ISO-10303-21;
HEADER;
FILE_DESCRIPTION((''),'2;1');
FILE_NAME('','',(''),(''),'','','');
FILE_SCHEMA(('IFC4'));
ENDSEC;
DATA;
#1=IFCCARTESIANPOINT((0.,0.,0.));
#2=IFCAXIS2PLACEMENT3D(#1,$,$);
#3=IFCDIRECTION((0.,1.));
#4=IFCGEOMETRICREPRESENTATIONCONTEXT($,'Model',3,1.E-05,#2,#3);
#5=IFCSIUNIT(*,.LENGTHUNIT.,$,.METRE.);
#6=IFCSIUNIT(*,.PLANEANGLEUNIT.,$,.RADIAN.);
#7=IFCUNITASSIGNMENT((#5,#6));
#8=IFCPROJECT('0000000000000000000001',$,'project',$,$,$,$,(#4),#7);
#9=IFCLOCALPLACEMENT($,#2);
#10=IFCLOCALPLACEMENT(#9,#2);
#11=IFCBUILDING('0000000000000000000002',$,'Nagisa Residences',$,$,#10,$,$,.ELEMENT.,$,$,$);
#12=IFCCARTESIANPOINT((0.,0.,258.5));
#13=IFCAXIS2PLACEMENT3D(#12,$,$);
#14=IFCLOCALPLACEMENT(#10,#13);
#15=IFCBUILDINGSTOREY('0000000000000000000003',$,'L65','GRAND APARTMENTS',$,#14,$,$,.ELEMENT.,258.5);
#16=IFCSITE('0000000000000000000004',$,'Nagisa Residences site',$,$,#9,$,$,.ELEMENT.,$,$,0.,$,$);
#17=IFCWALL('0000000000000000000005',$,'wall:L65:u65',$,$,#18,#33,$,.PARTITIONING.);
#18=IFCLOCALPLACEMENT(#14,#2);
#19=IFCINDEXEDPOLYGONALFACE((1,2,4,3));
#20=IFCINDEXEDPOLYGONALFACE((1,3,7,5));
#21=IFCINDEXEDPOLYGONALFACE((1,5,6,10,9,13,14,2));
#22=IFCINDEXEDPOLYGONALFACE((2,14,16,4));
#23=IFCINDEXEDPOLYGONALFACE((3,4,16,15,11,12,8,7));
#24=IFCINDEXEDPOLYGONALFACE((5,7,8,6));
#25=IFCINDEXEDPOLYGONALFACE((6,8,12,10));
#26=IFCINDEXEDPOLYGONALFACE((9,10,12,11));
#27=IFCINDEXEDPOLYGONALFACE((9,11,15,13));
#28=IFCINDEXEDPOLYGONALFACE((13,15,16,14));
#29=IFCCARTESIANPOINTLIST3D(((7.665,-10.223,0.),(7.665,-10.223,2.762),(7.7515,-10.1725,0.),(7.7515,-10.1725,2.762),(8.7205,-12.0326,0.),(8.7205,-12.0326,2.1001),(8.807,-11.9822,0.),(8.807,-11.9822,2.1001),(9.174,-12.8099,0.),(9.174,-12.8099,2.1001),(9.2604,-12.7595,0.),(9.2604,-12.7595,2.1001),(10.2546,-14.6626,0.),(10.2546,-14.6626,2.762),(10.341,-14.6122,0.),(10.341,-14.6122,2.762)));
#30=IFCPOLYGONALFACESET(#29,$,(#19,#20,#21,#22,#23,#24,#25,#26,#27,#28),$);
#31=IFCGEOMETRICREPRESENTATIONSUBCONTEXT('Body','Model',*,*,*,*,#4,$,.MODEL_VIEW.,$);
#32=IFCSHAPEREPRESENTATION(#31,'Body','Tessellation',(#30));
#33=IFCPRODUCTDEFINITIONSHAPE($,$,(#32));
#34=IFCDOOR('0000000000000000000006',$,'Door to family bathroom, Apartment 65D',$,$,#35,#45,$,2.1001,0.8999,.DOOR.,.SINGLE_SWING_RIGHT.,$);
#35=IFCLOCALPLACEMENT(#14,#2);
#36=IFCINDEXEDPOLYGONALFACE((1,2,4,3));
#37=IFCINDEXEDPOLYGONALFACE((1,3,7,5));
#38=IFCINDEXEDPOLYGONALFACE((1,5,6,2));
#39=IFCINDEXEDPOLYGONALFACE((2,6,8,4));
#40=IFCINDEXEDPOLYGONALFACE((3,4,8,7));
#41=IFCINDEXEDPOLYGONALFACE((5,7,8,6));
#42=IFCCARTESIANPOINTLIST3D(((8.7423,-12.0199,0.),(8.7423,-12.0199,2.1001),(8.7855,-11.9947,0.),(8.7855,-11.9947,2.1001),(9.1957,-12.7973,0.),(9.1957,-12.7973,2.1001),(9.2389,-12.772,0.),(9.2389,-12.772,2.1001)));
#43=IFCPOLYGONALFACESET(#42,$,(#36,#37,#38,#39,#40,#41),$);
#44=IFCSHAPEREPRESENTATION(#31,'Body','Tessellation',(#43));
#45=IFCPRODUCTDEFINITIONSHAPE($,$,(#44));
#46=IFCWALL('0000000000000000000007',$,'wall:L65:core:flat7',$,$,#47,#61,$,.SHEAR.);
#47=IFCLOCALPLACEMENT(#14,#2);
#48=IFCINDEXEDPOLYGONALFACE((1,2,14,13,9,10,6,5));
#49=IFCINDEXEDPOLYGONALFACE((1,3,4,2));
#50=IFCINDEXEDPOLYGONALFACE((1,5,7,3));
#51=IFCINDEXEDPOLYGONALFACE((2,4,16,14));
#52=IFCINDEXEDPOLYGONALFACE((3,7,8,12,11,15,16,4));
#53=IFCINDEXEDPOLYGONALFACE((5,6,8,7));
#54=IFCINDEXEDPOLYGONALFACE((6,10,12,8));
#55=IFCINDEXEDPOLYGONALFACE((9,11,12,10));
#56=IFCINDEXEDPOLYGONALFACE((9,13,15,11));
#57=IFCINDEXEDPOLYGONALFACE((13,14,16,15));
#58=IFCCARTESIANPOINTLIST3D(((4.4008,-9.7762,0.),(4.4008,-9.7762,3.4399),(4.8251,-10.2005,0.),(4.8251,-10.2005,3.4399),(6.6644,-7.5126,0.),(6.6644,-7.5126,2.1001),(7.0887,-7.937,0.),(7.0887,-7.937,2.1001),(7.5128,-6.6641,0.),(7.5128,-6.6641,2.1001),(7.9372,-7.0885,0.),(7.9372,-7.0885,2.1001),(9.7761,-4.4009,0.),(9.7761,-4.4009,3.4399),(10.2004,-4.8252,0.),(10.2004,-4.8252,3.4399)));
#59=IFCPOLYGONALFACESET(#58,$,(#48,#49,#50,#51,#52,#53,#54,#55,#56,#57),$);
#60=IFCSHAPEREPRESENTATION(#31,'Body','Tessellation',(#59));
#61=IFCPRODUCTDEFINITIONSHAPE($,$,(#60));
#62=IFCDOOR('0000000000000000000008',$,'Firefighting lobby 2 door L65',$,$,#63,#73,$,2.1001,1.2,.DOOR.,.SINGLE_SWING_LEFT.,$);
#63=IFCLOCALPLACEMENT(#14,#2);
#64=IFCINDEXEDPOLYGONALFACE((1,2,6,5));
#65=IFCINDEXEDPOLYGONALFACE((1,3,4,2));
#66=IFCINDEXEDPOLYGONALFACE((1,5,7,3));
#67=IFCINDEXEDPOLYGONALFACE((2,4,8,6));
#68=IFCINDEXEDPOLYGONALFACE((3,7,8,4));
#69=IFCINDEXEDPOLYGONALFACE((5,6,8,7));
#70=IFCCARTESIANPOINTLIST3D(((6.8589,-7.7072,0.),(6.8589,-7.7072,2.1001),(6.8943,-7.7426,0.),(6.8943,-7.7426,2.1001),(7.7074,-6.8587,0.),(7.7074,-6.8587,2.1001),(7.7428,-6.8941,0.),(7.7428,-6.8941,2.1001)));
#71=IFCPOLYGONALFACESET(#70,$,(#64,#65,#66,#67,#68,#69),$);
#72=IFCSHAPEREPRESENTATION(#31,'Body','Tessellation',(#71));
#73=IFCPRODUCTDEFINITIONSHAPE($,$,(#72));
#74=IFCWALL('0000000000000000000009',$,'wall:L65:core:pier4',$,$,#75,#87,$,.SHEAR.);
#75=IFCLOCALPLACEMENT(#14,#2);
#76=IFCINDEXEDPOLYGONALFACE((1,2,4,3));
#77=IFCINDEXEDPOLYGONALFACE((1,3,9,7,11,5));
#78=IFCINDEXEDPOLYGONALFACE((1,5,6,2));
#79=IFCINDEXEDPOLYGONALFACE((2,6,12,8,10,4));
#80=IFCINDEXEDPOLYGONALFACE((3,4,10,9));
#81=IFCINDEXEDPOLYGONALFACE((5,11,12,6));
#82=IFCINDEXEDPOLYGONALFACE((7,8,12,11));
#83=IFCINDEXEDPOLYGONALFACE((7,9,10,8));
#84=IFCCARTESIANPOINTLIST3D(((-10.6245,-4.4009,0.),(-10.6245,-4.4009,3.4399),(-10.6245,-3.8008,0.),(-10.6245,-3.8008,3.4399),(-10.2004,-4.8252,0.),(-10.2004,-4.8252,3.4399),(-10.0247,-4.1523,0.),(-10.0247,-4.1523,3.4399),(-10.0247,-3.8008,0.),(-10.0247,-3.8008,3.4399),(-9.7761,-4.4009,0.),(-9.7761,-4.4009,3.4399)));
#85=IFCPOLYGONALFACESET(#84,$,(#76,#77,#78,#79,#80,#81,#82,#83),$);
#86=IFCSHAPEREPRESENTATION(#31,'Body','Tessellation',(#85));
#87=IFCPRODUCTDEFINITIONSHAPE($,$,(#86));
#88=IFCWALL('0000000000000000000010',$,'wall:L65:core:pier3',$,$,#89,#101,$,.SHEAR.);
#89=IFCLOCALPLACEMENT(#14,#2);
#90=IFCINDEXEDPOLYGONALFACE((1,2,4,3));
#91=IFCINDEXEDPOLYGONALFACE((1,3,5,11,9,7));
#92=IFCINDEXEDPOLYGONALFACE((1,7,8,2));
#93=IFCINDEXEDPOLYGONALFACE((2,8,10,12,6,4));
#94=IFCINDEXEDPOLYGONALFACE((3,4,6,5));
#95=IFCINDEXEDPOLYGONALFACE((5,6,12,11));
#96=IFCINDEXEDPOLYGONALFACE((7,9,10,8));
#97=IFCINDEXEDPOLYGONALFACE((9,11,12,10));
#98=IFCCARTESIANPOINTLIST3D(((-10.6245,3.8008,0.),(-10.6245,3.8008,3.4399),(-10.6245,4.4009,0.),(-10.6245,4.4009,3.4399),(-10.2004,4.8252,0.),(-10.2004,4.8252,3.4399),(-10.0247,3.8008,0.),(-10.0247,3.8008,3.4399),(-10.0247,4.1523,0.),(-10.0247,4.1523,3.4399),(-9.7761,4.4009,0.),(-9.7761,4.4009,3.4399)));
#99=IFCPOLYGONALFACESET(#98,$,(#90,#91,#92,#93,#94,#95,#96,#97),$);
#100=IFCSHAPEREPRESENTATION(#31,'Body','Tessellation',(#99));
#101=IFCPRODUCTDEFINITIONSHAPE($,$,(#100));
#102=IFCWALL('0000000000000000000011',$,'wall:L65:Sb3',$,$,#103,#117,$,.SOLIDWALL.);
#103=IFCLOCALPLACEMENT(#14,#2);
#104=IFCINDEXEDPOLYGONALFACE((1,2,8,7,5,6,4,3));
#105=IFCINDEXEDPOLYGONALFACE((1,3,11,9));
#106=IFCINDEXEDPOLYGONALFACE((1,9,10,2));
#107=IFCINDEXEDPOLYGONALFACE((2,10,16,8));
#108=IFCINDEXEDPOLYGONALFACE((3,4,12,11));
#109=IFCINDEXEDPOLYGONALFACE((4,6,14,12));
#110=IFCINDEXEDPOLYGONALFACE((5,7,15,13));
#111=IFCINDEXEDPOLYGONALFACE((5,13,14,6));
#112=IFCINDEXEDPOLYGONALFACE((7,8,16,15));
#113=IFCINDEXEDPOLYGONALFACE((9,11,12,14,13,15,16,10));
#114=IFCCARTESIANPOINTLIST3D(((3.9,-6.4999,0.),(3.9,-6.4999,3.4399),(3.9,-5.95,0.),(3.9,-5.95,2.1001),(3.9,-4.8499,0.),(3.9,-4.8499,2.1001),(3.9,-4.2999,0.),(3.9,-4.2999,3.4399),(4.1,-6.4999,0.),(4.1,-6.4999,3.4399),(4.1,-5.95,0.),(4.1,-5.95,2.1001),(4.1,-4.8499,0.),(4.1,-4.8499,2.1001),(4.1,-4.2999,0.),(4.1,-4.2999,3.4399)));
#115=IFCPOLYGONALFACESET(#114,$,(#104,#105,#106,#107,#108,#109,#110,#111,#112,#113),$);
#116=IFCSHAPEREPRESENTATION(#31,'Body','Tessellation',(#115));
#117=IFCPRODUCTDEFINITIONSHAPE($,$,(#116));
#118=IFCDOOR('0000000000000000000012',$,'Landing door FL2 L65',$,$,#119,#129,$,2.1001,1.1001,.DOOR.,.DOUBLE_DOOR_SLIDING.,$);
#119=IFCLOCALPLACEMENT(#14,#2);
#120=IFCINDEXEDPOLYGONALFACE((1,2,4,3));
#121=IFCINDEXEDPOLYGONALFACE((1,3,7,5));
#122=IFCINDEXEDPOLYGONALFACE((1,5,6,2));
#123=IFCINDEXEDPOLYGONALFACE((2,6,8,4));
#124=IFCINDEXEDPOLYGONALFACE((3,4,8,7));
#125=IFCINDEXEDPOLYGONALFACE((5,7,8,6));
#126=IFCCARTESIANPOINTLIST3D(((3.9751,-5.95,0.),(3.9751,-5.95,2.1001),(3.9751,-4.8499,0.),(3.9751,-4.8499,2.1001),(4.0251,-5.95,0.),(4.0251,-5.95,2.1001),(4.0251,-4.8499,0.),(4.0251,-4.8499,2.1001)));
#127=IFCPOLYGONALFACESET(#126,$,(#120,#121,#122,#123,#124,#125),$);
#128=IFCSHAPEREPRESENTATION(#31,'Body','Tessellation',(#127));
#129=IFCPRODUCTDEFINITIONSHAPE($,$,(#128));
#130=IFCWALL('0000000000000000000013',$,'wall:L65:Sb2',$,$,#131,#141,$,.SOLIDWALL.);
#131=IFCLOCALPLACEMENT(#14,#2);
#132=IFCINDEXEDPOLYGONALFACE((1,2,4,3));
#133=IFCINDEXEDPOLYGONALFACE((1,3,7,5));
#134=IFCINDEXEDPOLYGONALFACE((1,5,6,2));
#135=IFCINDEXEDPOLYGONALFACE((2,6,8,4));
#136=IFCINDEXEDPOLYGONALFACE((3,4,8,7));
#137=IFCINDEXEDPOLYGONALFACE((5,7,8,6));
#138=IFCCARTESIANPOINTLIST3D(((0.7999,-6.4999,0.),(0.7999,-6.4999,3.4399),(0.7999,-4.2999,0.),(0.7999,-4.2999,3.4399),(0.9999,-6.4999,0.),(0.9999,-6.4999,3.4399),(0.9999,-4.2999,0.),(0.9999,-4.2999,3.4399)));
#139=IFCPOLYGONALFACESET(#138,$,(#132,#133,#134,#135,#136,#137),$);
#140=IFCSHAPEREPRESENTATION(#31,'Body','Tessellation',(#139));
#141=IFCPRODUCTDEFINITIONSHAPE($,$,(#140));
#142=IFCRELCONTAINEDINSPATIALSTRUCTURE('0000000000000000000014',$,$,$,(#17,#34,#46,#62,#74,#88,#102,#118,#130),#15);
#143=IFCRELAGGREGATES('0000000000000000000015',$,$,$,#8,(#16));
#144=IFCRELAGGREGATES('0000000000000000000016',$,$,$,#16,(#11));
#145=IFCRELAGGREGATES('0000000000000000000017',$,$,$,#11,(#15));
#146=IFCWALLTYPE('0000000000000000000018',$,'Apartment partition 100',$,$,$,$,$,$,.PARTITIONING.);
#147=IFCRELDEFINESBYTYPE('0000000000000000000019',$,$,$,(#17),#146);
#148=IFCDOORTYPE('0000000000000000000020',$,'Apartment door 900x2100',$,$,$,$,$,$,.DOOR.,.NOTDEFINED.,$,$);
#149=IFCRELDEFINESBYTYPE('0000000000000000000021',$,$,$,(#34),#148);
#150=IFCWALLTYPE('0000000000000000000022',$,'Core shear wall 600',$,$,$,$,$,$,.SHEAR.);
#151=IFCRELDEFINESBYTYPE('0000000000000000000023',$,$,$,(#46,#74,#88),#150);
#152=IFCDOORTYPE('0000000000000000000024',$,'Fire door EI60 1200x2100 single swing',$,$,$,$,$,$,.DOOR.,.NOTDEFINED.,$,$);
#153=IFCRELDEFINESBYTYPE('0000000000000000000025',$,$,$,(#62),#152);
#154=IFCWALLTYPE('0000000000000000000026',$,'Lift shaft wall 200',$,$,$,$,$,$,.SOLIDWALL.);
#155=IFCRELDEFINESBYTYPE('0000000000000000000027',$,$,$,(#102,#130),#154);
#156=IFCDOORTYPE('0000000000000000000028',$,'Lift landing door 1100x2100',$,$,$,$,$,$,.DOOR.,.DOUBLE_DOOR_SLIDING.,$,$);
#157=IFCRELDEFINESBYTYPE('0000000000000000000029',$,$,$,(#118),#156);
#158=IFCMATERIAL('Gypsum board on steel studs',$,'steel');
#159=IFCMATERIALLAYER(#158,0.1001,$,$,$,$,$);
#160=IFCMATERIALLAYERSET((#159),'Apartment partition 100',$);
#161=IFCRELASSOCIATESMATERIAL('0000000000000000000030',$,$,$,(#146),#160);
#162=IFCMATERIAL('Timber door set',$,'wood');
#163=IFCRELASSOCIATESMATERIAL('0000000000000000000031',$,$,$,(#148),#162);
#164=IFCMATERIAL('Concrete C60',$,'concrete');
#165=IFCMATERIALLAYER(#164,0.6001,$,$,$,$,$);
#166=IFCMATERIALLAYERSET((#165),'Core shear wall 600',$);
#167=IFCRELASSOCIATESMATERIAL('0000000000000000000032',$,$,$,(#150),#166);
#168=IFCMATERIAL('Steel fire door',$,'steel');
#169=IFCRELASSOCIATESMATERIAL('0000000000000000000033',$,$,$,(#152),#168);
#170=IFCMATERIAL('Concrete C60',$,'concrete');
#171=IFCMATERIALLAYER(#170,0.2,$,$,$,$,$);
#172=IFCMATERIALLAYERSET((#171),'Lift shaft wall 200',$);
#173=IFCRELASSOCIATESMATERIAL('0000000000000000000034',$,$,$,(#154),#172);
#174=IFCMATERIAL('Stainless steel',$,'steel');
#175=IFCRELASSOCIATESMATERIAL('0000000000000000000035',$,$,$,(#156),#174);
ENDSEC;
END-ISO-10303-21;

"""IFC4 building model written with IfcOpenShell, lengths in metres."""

from ifc_helpers import new_model, si_unit, direction, frame, frame_2d, origin, place, context, subcontext, project, spatial, polyline, rectangle, outline, extrude, material, layer, layer_set, type_object, element, fill, save


model = new_model("IFC4")

# Units and contexts
model_context = context("Model", 3, precision=1e-05, world=origin(), true_north=direction((0.0, 1.0)))
body_context = subcontext(model_context, "Body", "Model", "MODEL_VIEW")
ifc_project = project(units=[si_unit("LENGTHUNIT", "METRE"), si_unit("PLANEANGLEUNIT", "RADIAN")], contexts=[model_context])

# Site, building, storey
site_placement = place(None, origin())
site = spatial("IfcSite", under=ifc_project, at=site_placement, Name="Nagisa Residences site", CompositionType="ELEMENT", RefElevation=0.0)
building_placement = place(site_placement, origin())
building = spatial("IfcBuilding", under=site, at=building_placement, Name="Nagisa Residences", CompositionType="ELEMENT")
storey_placement = place(building_placement, frame((0.0, 0.0, 258.5)))
storey = spatial("IfcBuildingStorey", under=building, at=storey_placement, Name="L65", Description="GRAND APARTMENTS", CompositionType="ELEMENT", Elevation=258.5)

# Shared definitions
ifc_material_1 = material(Name="Gypsum board on steel studs", Category="steel")
ifc_layer_1 = layer(ifc_material_1, 0.1001)
ifc_layer_set_1 = layer_set([ifc_layer_1], Name="Apartment partition 100")
wall_type_1 = type_object("IfcWallType", Name="Apartment partition 100", PredefinedType="PARTITIONING", material=ifc_layer_set_1)

# Walls, openings, doors
wall_1_placement = place(storey_placement, frame((7.7083, -10.1978, 0.0), z_axis=(0.0, 0.0, 1.0), x_axis=(0.503839, -0.863798, 0.0)))
wall_1 = element("IfcWall", 1, at=wall_1_placement, inside=storey, type_object=wall_type_1, Name="wall:L65:u65", PredefinedType="PARTITIONING", context=body_context, shape_type="SweptSolid", body=[
    extrude(rectangle(XDim=5.1396, YDim=0.1001, at=frame_2d((2.5698, 0.0))), origin(), (0.0, 0.0, 1.0), 2.762),
])
opening_1_placement = place(wall_1_placement, frame((2.095, 0.0, 0.0)))
opening_1 = element("IfcOpeningElement", 2, at=opening_1_placement, cuts=wall_1, PredefinedType="OPENING", context=body_context, shape_type="SweptSolid", body=[
    extrude(rectangle(XDim=0.8999, YDim=2.1001, at=frame_2d((0.45, 1.05))), frame((0.0, 0.0601, 0.0), z_axis=(0.0, -1.0, 0.0), x_axis=(1.0, 0.0, 0.0)), (0.0, 0.0, 1.0), 0.1201),
])
ifc_material_2 = material(Name="Timber door set", Category="wood")
door_type_1 = type_object("IfcDoorType", Name="Apartment door 900x2100", OperationType="NOTDEFINED", PredefinedType="DOOR", material=ifc_material_2)
door_1_placement = place(opening_1_placement, frame((0.8999, 0.0, 0.0), x_axis=(-1.0, 0.0, 0.0)))
door_1 = element("IfcDoor", 3, at=door_1_placement, inside=storey, type_object=door_type_1, Name="Door to family bathroom, Apartment 65D", OperationType="SINGLE_SWING_RIGHT", OverallHeight=2.1001, OverallWidth=0.8999, PredefinedType="DOOR", context=body_context, shape_type="SweptSolid", body=[
    extrude(rectangle(XDim=0.8999, YDim=2.1001, at=frame_2d((0.45, 1.05))), frame((0.0, 0.0249, 0.0), z_axis=(0.0, -1.0, 0.0), x_axis=(1.0, 0.0, 0.0)), (0.0, 0.0, 1.0), 0.05),
])
fill(opening_1, door_1)
ifc_material_3 = material(Name="Concrete C60", Category="concrete")
ifc_layer_2 = layer(ifc_material_3, 0.6001)
ifc_layer_set_2 = layer_set([ifc_layer_2], Name="Core shear wall 600")
wall_type_2 = type_object("IfcWallType", Name="Core shear wall 600", PredefinedType="SHEAR", material=ifc_layer_set_2)
wall_2_placement = place(storey_placement, frame((4.613, -9.9883, 0.0), z_axis=(0.0, 0.0, 1.0), x_axis=(0.707107, 0.707107, 0.0)))
wall_2 = element("IfcWall", 4, at=wall_2_placement, inside=storey, type_object=wall_type_2, Name="wall:L65:core:flat7", PredefinedType="SHEAR", context=body_context, shape_type="SweptSolid", body=[
    extrude(rectangle(XDim=7.6018, YDim=0.6001, at=frame_2d((3.8008, 0.0))), origin(), (0.0, 0.0, 1.0), 3.4399),
])
opening_2_placement = place(wall_2_placement, frame((3.2009, 0.0, 0.0)))
opening_2 = element("IfcOpeningElement", 5, at=opening_2_placement, cuts=wall_2, PredefinedType="OPENING", context=body_context, shape_type="SweptSolid", body=[
    extrude(rectangle(XDim=1.2, YDim=2.1001, at=frame_2d((0.6001, 1.05))), frame((0.0, 0.3101, 0.0), z_axis=(0.0, -1.0, 0.0), x_axis=(1.0, 0.0, 0.0)), (0.0, 0.0, 1.0), 0.6201),
])
ifc_material_4 = material(Name="Steel fire door", Category="steel")
door_type_2 = type_object("IfcDoorType", Name="Fire door EI60 1200x2100 single swing", OperationType="NOTDEFINED", PredefinedType="DOOR", material=ifc_material_4)
door_2_placement = place(opening_2_placement, origin())
door_2 = element("IfcDoor", 6, at=door_2_placement, inside=storey, type_object=door_type_2, Name="Firefighting lobby 2 door L65", OperationType="SINGLE_SWING_LEFT", OverallHeight=2.1001, OverallWidth=1.2, PredefinedType="DOOR", context=body_context, shape_type="SweptSolid", body=[
    extrude(rectangle(XDim=1.2, YDim=2.1001, at=frame_2d((0.6001, 1.05))), frame((0.0, 0.0249, 0.0), z_axis=(0.0, -1.0, 0.0), x_axis=(1.0, 0.0, 0.0)), (0.0, 0.0, 1.0), 0.05),
])
fill(opening_2, door_2)

# Walls
wall_3_placement = place(storey_placement, origin())
element("IfcWall", 7, at=wall_3_placement, inside=storey, type_object=wall_type_2, Name="wall:L65:core:pier4", PredefinedType="SHEAR", context=body_context, shape_type="SweptSolid", body=[
    extrude(outline(polyline([(-10.6245, -3.8008), (-10.0247, -3.8008), (-10.0247, -4.1523), (-9.7761, -4.4009), (-10.2004, -4.8252), (-10.6245, -4.4009), (-10.6245, -3.8008)])), origin(), (0.0, 0.0, 1.0), 3.4399),
])
wall_4_placement = place(storey_placement, origin())
element("IfcWall", 8, at=wall_4_placement, inside=storey, type_object=wall_type_2, Name="wall:L65:core:pier3", PredefinedType="SHEAR", context=body_context, shape_type="SweptSolid", body=[
    extrude(outline(polyline([(-10.2004, 4.8252), (-9.7761, 4.4009), (-10.0247, 4.1523), (-10.0247, 3.8008), (-10.6245, 3.8008), (-10.6245, 4.4009), (-10.2004, 4.8252)])), origin(), (0.0, 0.0, 1.0), 3.4399),
])

# Wall, opening, door
ifc_material_5 = material(Name="Concrete C60", Category="concrete")
ifc_layer_3 = layer(ifc_material_5, 0.2)
ifc_layer_set_3 = layer_set([ifc_layer_3], Name="Lift shaft wall 200")
wall_type_3 = type_object("IfcWallType", Name="Lift shaft wall 200", PredefinedType="SOLIDWALL", material=ifc_layer_set_3)
wall_5_placement = place(storey_placement, frame((4.0, -6.5, 0.0), z_axis=(0.0, 0.0, 1.0), x_axis=(0.0, 1.0, 0.0)))
wall_5 = element("IfcWall", 9, at=wall_5_placement, inside=storey, type_object=wall_type_3, Name="wall:L65:Sb3", PredefinedType="SOLIDWALL", context=body_context, shape_type="SweptSolid", body=[
    extrude(rectangle(XDim=2.2, YDim=0.2, at=frame_2d((1.1001, 0.0))), origin(), (0.0, 0.0, 1.0), 3.4399),
])
opening_3_placement = place(wall_5_placement, frame((0.55, 0.0, 0.0)))
opening_3 = element("IfcOpeningElement", 10, at=opening_3_placement, cuts=wall_5, PredefinedType="OPENING", context=body_context, shape_type="SweptSolid", body=[
    extrude(rectangle(XDim=1.1001, YDim=2.1001, at=frame_2d((0.55, 1.05))), frame((0.0, 0.1099, 0.0), z_axis=(0.0, -1.0, 0.0), x_axis=(1.0, 0.0, 0.0)), (0.0, 0.0, 1.0), 0.22),
])
ifc_material_6 = material(Name="Stainless steel", Category="steel")
door_type_3 = type_object("IfcDoorType", Name="Lift landing door 1100x2100", OperationType="DOUBLE_DOOR_SLIDING", PredefinedType="DOOR", material=ifc_material_6)
door_3_placement = place(opening_3_placement, origin())
door_3 = element("IfcDoor", 11, at=door_3_placement, inside=storey, type_object=door_type_3, Name="Landing door FL2 L65", OperationType="DOUBLE_DOOR_SLIDING", OverallHeight=2.1001, OverallWidth=1.1001, PredefinedType="DOOR", context=body_context, shape_type="SweptSolid", body=[
    extrude(rectangle(XDim=1.1001, YDim=2.1001, at=frame_2d((0.55, 1.05))), frame((0.0, 0.0249, 0.0), z_axis=(0.0, -1.0, 0.0), x_axis=(1.0, 0.0, 0.0)), (0.0, 0.0, 1.0), 0.05),
])
fill(opening_3, door_3)

# Wall
wall_6_placement = place(storey_placement, frame((0.8999, -6.5, 0.0), z_axis=(0.0, 0.0, 1.0), x_axis=(0.0, 1.0, 0.0)))
element("IfcWall", 12, at=wall_6_placement, inside=storey, type_object=wall_type_3, Name="wall:L65:Sb2", PredefinedType="SOLIDWALL", context=body_context, shape_type="SweptSolid", body=[
    extrude(rectangle(XDim=2.2, YDim=0.2, at=frame_2d((1.1001, 0.0))), origin(), (0.0, 0.0, 1.0), 3.4399),
])

save(model, "model.ifc")
